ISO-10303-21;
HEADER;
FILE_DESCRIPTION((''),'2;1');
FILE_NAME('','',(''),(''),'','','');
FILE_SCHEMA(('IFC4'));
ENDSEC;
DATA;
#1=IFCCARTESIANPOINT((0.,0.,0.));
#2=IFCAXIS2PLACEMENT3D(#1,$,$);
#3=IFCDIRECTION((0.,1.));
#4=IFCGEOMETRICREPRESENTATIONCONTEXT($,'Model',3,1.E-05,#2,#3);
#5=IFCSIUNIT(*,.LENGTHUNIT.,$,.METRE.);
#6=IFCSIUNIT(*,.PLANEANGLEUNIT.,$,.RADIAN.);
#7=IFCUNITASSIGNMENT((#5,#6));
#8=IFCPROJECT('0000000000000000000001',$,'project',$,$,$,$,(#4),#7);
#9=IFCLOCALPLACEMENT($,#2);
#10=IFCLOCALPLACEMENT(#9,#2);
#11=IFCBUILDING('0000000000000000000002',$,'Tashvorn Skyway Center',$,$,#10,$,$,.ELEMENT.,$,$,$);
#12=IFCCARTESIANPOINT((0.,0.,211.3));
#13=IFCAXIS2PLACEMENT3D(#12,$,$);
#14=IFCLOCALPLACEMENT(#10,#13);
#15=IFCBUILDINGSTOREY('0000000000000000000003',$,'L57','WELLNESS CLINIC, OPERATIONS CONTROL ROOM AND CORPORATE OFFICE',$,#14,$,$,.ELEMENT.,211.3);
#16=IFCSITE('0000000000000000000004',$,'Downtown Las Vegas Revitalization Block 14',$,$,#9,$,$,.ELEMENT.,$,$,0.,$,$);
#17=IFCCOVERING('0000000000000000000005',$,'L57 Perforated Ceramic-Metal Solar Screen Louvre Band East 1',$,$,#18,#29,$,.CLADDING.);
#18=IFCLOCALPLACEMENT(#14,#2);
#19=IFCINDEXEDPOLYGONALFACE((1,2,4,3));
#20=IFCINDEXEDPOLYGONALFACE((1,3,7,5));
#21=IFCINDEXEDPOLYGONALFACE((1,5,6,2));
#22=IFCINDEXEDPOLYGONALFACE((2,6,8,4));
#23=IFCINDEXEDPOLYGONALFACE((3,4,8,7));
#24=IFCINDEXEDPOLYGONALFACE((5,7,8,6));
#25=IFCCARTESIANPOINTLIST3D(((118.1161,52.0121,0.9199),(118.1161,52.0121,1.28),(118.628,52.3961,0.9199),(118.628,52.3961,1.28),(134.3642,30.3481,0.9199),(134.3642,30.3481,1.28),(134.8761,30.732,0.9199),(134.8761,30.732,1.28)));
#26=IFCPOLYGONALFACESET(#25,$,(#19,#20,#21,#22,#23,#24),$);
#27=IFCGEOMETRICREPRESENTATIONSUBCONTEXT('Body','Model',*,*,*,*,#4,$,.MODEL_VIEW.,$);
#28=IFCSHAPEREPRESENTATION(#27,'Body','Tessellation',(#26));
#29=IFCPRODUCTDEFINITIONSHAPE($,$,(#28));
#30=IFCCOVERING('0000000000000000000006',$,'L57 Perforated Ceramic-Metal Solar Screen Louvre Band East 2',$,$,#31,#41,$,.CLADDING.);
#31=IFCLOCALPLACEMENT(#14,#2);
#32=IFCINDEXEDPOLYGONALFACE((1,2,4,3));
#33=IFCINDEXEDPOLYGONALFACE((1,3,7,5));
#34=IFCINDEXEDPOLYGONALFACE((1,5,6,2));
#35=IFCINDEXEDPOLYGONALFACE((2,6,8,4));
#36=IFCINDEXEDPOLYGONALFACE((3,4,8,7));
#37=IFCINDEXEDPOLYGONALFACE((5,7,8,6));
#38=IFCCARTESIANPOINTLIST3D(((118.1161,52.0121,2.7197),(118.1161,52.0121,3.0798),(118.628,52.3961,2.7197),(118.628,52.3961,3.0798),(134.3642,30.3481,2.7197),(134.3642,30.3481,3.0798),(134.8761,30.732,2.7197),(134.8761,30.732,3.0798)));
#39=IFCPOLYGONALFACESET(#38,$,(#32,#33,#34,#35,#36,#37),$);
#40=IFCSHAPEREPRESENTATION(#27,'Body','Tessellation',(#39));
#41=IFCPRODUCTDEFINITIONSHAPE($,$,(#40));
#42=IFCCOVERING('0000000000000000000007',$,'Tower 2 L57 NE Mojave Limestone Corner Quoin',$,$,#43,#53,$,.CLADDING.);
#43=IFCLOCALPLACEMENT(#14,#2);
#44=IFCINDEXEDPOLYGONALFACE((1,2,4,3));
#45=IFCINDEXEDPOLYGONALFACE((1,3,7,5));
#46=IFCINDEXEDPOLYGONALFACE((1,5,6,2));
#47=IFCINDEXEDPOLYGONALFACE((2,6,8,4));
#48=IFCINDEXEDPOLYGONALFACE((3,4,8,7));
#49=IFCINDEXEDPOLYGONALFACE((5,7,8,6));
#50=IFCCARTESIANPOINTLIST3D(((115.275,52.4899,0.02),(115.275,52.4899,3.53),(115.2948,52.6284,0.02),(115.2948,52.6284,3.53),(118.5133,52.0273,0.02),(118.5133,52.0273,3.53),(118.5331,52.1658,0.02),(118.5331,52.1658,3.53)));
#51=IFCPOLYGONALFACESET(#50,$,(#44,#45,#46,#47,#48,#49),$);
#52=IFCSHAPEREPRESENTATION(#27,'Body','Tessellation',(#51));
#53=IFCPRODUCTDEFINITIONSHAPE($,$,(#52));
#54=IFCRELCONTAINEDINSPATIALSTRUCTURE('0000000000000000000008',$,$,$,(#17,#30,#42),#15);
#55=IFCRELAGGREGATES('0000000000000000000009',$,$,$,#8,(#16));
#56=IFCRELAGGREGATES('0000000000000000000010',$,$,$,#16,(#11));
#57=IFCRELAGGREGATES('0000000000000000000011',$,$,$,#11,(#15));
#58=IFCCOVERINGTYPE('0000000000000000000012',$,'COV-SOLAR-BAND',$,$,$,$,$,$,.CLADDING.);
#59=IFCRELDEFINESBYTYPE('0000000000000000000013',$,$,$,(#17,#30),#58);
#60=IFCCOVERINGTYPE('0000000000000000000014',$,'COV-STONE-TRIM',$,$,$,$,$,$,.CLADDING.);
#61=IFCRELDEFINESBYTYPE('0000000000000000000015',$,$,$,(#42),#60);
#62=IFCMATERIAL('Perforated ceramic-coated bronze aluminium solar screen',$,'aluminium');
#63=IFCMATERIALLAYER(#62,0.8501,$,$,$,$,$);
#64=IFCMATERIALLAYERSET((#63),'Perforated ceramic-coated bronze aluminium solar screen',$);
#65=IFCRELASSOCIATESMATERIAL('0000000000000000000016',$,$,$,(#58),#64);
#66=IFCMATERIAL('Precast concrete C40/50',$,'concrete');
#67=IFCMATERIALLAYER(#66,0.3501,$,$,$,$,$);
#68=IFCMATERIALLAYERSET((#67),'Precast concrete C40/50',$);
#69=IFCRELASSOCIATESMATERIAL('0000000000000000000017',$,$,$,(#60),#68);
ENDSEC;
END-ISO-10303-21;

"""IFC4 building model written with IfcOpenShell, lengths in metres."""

from ifc_helpers import new_model, si_unit, direction, frame, origin, origin_2d, place, context, subcontext, project, spatial, rectangle, extrude, material, layer, layer_set, type_object, element, save


model = new_model("IFC4")

# Units and contexts
model_context = context("Model", 3, precision=1e-05, world=origin(), true_north=direction((0.0, 1.0)))
body_context = subcontext(model_context, "Body", "Model", "MODEL_VIEW")
ifc_project = project(units=[si_unit("LENGTHUNIT", "METRE"), si_unit("PLANEANGLEUNIT", "RADIAN")], contexts=[model_context])

# Site, building, storey
site_placement = place(None, origin())
site = spatial("IfcSite", under=ifc_project, at=site_placement, Name="Downtown Las Vegas Revitalization Block 14", CompositionType="ELEMENT", RefElevation=0.0)
building_placement = place(site_placement, origin())
building = spatial("IfcBuilding", under=site, at=building_placement, Name="Tashvorn Skyway Center", CompositionType="ELEMENT")
storey_placement = place(building_placement, frame((0.0, 0.0, 211.3)))
storey = spatial("IfcBuildingStorey", under=building, at=storey_placement, Name="L57", Description="WELLNESS CLINIC, OPERATIONS CONTROL ROOM AND CORPORATE OFFICE", CompositionType="ELEMENT", Elevation=211.3)

# Shared definitions
ifc_material_1 = material(Name="Precast concrete C40/50", Category="concrete")

# Coverings
ifc_material_2 = material(Name="Perforated ceramic-coated bronze aluminium solar screen", Category="aluminium")
ifc_layer_1 = layer(ifc_material_2, 0.8501)
ifc_layer_set_1 = layer_set([ifc_layer_1], Name="Perforated ceramic-coated bronze aluminium solar screen")
covering_type_1 = type_object("IfcCoveringType", Name="COV-SOLAR-BAND", PredefinedType="CLADDING", material=ifc_layer_set_1)
for number, where, z_axis, x_axis, name in (
    (1, (126.4961, 41.3721, 0.9199), (0.0, 0.0, 1.0), (0.6, -0.8, 0.0), "L57 Perforated Ceramic-Metal Solar Screen Louvre Band East 1"),
    (2, (126.4961, 41.3721, 2.7197), (0.0, 0.0, 1.0), (0.6, -0.8, 0.0), "L57 Perforated Ceramic-Metal Solar Screen Louvre Band East 2"),
):
    element("IfcCovering", number, at=place(storey_placement, frame(where, z_axis=z_axis, x_axis=x_axis)), inside=storey, type_object=covering_type_1, Name=name, PredefinedType="CLADDING", context=body_context, shape_type="SweptSolid", body=[
        extrude(rectangle(XDim=27.0801, YDim=0.6399, at=origin_2d()), origin(), (0.0, 0.0, 1.0), 0.3601),
    ])
ifc_layer_2 = layer(ifc_material_1, 0.3501)
ifc_layer_set_2 = layer_set([ifc_layer_2], Name="Precast concrete C40/50")
covering_type_2 = type_object("IfcCoveringType", Name="COV-STONE-TRIM", PredefinedType="CLADDING", material=ifc_layer_set_2)
covering_1_placement = place(storey_placement, frame((116.9041, 52.3279, 0.02), z_axis=(0.0, 0.0, 1.0), x_axis=(0.989949, -0.141421, 0.0)))
element("IfcCovering", 3, at=covering_1_placement, inside=storey, type_object=covering_type_2, Name="Tower 2 L57 NE Mojave Limestone Corner Quoin", PredefinedType="CLADDING", context=body_context, shape_type="SweptSolid", body=[
    extrude(rectangle(XDim=3.2712, YDim=0.1399, at=origin_2d()), origin(), (0.0, 0.0, 1.0), 3.51),
])

save(model, "model.ifc")
